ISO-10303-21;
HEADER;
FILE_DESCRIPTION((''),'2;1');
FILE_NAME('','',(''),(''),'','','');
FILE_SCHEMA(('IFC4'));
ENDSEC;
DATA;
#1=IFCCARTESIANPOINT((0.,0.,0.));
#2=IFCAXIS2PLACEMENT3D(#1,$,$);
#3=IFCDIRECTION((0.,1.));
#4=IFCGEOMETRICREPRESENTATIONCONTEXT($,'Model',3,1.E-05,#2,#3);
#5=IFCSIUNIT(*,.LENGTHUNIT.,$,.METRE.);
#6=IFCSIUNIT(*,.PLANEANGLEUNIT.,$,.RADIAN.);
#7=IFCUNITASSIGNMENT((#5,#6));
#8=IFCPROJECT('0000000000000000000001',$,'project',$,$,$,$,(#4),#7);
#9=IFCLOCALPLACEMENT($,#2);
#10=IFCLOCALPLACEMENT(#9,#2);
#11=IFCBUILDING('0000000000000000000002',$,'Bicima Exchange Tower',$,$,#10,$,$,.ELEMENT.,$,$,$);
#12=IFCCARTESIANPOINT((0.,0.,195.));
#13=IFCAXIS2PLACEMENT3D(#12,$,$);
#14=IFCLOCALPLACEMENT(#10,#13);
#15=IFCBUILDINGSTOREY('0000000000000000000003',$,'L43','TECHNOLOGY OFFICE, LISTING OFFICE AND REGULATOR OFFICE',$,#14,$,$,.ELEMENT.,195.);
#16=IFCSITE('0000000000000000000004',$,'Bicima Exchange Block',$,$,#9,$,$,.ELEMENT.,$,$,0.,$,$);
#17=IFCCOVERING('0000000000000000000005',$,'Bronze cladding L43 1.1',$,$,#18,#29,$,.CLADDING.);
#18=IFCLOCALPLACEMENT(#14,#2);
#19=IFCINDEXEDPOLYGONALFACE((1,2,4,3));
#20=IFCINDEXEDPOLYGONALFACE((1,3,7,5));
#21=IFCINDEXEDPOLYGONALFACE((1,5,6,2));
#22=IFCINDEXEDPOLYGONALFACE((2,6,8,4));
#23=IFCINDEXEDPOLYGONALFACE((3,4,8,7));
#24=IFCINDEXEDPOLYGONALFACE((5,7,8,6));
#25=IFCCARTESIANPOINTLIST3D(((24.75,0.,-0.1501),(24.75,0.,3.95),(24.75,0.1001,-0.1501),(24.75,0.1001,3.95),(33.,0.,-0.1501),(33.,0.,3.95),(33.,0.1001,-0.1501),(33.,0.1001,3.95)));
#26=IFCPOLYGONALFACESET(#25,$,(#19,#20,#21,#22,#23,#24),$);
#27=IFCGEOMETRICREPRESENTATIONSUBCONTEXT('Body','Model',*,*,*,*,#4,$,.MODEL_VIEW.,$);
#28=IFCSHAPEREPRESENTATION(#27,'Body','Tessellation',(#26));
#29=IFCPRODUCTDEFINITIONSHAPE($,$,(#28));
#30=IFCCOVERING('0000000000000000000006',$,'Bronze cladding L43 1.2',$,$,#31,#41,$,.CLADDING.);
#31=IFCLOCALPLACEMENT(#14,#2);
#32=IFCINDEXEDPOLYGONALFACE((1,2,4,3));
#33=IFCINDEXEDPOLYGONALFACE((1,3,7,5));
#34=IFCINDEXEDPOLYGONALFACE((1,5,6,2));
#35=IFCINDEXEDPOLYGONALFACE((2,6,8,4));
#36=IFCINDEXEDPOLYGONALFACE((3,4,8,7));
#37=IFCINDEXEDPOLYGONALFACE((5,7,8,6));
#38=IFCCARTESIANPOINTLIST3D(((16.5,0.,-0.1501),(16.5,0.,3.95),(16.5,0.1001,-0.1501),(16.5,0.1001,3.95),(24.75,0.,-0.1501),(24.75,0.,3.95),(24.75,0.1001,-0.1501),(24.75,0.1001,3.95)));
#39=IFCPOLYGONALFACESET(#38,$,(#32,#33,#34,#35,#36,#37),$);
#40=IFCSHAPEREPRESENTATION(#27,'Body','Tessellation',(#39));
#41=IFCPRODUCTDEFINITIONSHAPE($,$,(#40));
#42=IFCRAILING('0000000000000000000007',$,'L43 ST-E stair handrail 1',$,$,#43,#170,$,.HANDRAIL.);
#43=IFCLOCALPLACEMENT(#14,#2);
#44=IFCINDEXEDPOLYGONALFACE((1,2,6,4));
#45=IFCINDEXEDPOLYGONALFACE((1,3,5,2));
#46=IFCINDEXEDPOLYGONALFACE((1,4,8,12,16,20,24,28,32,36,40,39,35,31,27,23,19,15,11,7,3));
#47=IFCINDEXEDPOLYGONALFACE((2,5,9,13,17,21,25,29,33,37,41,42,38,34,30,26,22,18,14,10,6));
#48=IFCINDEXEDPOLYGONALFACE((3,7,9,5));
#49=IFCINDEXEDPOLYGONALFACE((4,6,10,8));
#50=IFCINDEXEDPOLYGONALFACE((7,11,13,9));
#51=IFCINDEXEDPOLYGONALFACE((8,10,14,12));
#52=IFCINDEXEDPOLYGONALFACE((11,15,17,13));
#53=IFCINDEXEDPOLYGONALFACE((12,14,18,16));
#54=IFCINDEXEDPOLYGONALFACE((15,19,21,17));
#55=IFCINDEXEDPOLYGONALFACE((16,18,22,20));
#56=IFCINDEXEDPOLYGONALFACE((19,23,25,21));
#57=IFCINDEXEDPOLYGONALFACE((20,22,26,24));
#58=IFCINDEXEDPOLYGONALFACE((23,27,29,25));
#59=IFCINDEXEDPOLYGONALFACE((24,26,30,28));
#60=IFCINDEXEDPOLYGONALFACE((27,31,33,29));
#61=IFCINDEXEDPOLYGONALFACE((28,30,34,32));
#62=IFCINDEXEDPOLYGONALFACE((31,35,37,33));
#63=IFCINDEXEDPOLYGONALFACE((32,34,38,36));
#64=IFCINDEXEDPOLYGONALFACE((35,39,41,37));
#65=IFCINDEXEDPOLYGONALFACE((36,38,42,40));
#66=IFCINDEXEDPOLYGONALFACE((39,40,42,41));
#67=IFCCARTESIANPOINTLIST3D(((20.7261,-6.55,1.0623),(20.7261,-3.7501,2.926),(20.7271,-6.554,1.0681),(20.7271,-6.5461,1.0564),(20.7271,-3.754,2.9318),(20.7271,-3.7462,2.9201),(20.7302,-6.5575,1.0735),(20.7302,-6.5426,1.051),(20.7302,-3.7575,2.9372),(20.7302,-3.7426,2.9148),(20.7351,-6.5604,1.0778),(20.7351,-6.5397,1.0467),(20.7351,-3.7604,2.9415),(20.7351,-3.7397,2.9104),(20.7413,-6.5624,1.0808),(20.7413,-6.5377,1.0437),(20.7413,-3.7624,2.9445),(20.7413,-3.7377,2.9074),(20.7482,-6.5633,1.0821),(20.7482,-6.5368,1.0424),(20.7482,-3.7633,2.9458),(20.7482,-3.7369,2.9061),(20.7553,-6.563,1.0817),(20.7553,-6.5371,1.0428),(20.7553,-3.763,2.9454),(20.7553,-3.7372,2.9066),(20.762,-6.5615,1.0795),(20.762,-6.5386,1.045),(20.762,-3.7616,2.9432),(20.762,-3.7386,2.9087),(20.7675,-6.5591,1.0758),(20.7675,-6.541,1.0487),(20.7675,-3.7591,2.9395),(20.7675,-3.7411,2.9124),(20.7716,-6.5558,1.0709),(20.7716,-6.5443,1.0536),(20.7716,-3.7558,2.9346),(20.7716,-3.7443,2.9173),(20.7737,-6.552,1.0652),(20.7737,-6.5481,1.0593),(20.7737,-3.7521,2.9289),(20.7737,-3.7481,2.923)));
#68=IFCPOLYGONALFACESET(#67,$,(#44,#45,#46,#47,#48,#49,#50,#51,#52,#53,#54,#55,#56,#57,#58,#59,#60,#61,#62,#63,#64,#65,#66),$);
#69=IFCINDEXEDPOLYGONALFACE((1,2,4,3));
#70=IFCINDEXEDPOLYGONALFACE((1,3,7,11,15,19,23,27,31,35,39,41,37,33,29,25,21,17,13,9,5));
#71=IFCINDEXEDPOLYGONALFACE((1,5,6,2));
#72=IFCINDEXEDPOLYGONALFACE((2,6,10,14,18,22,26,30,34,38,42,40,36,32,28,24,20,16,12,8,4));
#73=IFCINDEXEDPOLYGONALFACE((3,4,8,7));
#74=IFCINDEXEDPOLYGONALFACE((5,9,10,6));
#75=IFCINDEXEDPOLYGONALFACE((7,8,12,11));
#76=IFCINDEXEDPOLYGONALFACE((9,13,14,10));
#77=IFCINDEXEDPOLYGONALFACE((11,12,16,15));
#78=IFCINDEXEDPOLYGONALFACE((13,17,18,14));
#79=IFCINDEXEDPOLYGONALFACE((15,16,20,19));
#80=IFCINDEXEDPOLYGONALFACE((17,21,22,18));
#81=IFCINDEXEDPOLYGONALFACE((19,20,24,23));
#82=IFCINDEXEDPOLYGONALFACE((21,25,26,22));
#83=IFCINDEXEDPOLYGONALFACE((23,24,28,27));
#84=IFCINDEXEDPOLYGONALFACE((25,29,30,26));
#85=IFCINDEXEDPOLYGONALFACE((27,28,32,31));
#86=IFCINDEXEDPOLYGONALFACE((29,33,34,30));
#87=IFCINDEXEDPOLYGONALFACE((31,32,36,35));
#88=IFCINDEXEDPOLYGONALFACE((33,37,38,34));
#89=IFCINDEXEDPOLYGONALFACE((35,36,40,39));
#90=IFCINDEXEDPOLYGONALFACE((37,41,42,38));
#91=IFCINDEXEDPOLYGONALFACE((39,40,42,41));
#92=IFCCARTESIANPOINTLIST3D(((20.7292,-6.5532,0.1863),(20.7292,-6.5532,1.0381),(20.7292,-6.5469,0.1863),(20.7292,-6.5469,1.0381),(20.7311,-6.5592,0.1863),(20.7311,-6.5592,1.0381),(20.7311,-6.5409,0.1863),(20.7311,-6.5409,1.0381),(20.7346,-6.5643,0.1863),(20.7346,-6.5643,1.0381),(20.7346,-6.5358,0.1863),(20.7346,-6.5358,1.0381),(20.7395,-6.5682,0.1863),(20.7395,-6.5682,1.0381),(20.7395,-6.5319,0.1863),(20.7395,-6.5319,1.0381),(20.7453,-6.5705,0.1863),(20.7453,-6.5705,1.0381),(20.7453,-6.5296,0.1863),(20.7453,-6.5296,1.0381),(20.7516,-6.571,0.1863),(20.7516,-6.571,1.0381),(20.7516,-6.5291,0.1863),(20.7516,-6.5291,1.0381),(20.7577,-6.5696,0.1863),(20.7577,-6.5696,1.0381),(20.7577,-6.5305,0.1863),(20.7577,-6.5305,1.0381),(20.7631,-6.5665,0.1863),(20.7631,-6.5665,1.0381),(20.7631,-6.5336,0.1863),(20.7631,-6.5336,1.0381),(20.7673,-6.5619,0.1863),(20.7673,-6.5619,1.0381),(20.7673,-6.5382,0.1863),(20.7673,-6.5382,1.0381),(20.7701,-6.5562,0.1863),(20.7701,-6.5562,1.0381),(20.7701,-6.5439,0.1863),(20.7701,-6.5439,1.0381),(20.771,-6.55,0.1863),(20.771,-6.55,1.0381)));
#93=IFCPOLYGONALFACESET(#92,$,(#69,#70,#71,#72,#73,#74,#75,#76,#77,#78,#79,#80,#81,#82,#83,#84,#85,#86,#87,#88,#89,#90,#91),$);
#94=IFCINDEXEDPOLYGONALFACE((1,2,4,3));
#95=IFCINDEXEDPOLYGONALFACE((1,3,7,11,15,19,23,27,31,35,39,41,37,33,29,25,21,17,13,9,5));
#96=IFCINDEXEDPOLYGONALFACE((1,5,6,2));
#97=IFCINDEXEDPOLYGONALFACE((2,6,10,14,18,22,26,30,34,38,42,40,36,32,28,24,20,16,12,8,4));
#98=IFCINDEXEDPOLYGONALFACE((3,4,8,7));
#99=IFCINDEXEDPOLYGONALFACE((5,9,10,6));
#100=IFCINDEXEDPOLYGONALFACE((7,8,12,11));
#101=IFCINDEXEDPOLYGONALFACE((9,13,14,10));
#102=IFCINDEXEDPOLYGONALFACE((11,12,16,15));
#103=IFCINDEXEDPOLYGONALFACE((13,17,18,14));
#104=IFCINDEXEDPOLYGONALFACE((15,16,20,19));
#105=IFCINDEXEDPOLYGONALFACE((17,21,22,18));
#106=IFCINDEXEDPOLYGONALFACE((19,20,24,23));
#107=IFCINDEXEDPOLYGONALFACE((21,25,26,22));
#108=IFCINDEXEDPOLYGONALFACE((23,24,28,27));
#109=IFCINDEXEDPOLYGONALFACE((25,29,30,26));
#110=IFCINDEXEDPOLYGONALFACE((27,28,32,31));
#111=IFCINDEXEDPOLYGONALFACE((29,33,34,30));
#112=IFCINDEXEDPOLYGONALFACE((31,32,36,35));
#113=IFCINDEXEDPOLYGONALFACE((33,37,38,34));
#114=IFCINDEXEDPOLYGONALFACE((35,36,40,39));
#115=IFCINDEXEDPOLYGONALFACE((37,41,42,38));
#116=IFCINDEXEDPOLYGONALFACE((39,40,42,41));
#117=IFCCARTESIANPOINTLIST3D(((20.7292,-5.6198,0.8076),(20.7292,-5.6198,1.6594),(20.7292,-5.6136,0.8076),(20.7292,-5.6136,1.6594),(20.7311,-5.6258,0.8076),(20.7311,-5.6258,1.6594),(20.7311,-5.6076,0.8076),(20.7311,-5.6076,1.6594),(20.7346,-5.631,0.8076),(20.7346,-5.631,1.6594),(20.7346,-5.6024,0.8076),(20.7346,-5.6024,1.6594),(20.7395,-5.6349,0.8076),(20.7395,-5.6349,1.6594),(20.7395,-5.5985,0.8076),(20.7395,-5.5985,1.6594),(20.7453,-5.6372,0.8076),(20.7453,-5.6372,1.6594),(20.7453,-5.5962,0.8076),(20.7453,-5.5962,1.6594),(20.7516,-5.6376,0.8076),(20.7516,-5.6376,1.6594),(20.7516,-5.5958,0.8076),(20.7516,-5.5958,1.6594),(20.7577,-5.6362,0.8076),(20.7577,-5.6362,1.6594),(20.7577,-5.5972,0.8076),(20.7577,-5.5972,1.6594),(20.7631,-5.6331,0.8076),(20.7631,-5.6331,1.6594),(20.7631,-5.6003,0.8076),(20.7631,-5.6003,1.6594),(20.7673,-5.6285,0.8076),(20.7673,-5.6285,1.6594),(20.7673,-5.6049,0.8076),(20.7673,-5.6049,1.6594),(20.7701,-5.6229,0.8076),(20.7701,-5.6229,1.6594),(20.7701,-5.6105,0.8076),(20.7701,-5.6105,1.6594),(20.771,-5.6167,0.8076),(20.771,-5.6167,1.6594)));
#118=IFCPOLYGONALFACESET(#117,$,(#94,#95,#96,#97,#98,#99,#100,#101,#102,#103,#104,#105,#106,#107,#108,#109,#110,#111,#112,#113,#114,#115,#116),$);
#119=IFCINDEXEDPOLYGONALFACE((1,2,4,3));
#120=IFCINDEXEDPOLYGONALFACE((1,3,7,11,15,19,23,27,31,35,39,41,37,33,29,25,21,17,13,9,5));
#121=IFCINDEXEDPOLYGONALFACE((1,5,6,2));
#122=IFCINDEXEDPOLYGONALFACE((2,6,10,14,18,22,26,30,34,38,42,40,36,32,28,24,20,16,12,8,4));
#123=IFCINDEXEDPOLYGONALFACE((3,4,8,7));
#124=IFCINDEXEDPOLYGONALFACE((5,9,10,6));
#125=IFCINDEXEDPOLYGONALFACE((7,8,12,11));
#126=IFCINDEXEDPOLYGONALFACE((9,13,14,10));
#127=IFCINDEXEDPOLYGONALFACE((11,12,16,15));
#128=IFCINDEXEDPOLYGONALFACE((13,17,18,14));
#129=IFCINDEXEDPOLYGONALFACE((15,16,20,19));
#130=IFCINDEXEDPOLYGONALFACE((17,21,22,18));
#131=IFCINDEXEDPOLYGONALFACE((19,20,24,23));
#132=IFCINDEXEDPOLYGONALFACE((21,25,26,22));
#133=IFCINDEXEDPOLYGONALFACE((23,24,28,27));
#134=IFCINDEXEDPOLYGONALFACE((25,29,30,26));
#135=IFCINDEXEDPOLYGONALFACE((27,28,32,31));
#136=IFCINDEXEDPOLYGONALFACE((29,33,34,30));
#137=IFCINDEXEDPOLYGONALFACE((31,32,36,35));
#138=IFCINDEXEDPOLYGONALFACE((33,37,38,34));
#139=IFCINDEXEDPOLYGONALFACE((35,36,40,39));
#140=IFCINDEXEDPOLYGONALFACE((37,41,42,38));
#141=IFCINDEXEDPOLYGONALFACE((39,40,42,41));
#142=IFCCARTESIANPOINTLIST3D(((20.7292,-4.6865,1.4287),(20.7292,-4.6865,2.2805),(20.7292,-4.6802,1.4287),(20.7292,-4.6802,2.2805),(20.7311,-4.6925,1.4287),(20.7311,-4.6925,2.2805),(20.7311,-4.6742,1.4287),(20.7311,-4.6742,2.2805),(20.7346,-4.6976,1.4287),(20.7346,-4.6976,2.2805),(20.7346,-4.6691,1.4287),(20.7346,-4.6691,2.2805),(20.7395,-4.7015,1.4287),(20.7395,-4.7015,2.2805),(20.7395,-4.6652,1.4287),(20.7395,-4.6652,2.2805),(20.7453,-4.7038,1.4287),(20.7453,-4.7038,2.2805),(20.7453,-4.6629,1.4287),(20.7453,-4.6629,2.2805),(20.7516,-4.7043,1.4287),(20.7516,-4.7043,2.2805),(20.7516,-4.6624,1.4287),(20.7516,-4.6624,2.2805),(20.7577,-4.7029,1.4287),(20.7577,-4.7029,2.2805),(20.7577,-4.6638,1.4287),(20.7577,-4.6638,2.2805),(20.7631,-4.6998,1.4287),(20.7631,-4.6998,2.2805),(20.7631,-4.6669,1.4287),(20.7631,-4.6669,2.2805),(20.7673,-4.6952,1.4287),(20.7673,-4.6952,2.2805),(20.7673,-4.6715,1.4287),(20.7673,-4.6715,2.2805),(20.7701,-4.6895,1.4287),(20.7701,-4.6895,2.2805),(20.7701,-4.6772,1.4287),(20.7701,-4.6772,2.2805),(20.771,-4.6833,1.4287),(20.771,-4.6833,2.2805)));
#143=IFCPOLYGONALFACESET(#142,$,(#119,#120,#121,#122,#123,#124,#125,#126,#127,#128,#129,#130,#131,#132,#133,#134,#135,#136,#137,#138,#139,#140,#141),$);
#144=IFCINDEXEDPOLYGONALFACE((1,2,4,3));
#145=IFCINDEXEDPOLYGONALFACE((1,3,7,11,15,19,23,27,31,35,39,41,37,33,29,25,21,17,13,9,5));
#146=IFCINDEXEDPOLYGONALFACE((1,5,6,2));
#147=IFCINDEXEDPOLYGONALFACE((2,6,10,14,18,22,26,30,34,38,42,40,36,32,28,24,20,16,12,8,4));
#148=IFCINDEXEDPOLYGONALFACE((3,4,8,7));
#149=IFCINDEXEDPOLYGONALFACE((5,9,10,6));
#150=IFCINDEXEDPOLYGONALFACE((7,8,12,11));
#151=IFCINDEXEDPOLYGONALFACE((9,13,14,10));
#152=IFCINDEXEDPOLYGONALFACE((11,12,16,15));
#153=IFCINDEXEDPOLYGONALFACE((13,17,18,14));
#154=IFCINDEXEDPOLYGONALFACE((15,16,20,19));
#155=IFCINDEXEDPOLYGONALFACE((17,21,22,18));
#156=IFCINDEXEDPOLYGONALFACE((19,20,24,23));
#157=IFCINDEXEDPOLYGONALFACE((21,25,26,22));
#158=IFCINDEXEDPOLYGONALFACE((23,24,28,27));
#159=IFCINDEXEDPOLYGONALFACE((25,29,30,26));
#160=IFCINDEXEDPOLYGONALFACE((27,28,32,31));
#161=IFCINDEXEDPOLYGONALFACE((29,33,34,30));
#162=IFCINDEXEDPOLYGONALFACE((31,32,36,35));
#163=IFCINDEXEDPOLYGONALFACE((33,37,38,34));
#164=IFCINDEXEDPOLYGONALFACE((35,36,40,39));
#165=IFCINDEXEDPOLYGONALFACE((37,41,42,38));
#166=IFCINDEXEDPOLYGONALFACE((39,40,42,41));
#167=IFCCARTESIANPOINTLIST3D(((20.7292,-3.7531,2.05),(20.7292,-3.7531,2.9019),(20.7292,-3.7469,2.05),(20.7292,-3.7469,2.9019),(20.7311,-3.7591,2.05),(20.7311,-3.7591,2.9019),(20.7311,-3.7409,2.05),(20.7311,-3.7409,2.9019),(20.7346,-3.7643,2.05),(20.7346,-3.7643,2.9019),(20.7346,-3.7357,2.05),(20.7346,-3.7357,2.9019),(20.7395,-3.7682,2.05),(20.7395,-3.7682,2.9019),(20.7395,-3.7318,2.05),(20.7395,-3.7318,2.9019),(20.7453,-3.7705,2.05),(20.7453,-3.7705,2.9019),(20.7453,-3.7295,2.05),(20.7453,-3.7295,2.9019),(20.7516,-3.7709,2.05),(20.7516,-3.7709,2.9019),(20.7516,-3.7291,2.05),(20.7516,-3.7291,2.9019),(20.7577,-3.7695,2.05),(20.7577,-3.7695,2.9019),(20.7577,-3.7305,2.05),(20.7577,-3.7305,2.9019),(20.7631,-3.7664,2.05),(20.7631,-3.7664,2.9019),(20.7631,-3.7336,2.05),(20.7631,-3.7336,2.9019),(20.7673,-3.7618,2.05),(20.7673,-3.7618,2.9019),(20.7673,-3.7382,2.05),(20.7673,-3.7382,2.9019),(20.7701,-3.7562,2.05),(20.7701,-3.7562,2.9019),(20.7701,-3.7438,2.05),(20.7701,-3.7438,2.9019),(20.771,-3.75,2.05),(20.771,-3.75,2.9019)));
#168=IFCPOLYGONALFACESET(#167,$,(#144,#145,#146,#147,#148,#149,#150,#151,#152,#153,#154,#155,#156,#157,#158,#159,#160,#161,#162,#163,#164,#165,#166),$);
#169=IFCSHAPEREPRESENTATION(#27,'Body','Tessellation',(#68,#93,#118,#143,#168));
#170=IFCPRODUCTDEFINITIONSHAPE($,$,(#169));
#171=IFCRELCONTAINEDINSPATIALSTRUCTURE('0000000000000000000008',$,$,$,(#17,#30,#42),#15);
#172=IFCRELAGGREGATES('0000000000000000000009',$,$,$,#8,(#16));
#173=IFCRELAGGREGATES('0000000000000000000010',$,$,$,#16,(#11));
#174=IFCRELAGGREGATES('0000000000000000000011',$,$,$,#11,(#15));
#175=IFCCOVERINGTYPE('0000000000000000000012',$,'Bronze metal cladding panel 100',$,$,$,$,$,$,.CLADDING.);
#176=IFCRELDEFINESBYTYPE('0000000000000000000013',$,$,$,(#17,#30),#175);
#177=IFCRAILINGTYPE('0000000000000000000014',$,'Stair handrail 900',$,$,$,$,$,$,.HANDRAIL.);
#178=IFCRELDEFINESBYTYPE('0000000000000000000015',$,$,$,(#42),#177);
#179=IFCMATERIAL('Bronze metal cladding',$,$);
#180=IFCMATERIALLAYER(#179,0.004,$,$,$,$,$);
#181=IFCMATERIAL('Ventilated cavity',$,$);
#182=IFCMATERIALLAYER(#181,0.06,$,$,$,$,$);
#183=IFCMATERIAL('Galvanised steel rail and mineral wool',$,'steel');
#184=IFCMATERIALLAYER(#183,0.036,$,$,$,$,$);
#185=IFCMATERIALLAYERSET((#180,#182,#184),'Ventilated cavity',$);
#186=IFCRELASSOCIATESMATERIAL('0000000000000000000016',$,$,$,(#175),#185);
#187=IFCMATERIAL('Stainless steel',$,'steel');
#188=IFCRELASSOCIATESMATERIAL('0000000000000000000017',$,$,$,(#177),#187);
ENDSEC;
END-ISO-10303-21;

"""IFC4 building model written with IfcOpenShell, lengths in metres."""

from ifc_helpers import new_model, si_unit, direction, frame, origin, origin_2d, place, context, subcontext, project, spatial, rectangle, circle, extrude, material, layer, layer_set, type_object, element, save


model = new_model("IFC4")

# Units and contexts
model_context = context("Model", 3, precision=1e-05, world=origin(), true_north=direction((0.0, 1.0)))
body_context = subcontext(model_context, "Body", "Model", "MODEL_VIEW")
ifc_project = project(units=[si_unit("LENGTHUNIT", "METRE"), si_unit("PLANEANGLEUNIT", "RADIAN")], contexts=[model_context])

# Site, building, storey
site_placement = place(None, origin())
site = spatial("IfcSite", under=ifc_project, at=site_placement, Name="Bicima Exchange Block", CompositionType="ELEMENT", RefElevation=0.0)
building_placement = place(site_placement, origin())
building = spatial("IfcBuilding", under=site, at=building_placement, Name="Bicima Exchange Tower", CompositionType="ELEMENT")
storey_placement = place(building_placement, frame((0.0, 0.0, 195.0)))
storey = spatial("IfcBuildingStorey", under=building, at=storey_placement, Name="L43", Description="TECHNOLOGY OFFICE, LISTING OFFICE AND REGULATOR OFFICE", CompositionType="ELEMENT", Elevation=195.0)

# Coverings
ifc_material_1 = material(Name="Bronze metal cladding")
ifc_layer_1 = layer(ifc_material_1, 0.004)
ifc_material_2 = material(Name="Ventilated cavity")
ifc_layer_2 = layer(ifc_material_2, 0.06)
ifc_material_3 = material(Name="Galvanised steel rail and mineral wool", Category="steel")
ifc_layer_3 = layer(ifc_material_3, 0.036)
ifc_layer_set_1 = layer_set([ifc_layer_1, ifc_layer_2, ifc_layer_3], Name="Ventilated cavity")
covering_type = type_object("IfcCoveringType", Name="Bronze metal cladding panel 100", PredefinedType="CLADDING", material=ifc_layer_set_1)
for number, where, z_axis, x_axis, name in (
    (1, (28.875, 0.05, -0.1501), (0.0, 0.0, 1.0), (-1.0, 0.0, 0.0), "Bronze cladding L43 1.1"),
    (2, (20.625, 0.05, -0.1501), (0.0, 0.0, 1.0), (-1.0, 0.0, 0.0), "Bronze cladding L43 1.2"),
):
    element("IfcCovering", number, at=place(storey_placement, frame(where, z_axis=z_axis, x_axis=x_axis)), inside=storey, type_object=covering_type, Name=name, PredefinedType="CLADDING", context=body_context, shape_type="SweptSolid", body=[
        extrude(rectangle(XDim=8.25, YDim=0.1001, at=origin_2d()), origin(), (0.0, 0.0, 1.0), 4.1001),
    ])

# Railing
ifc_material_4 = material(Name="Stainless steel", Category="steel")
railing_type_1 = type_object("IfcRailingType", Name="Stair handrail 900", PredefinedType="HANDRAIL", material=ifc_material_4)
railing_1_placement = place(storey_placement, frame((20.75, -6.55, 0.1863)))
element("IfcRailing", 3, at=railing_1_placement, inside=storey, type_object=railing_type_1, Name="L43 ST-E stair handrail 1", PredefinedType="HANDRAIL", context=body_context, shape_type="SweptSolid", body=[
    extrude(circle(Radius=0.0239, at=origin_2d()), frame((0.0, 0.0, 0.876), z_axis=(0.0, 0.832452, 0.554097), x_axis=(-1.0, 0.0, 0.0)), (0.0, 0.0, 1.0), 3.3635),
    extrude(circle(Radius=0.021, at=origin_2d()), origin(), (0.0, 0.0, 1.0), 0.8518),
    extrude(circle(Radius=0.021, at=origin_2d()), frame((0.0, 0.9333, 0.6213)), (0.0, 0.0, 1.0), 0.8518),
    extrude(circle(Radius=0.021, at=origin_2d()), frame((0.0, 1.8667, 1.2424)), (0.0, 0.0, 1.0), 0.8518),
    extrude(circle(Radius=0.021, at=origin_2d()), frame((0.0, 2.8, 1.8638)), (0.0, 0.0, 1.0), 0.8518),
])

save(model, "model.ifc")
